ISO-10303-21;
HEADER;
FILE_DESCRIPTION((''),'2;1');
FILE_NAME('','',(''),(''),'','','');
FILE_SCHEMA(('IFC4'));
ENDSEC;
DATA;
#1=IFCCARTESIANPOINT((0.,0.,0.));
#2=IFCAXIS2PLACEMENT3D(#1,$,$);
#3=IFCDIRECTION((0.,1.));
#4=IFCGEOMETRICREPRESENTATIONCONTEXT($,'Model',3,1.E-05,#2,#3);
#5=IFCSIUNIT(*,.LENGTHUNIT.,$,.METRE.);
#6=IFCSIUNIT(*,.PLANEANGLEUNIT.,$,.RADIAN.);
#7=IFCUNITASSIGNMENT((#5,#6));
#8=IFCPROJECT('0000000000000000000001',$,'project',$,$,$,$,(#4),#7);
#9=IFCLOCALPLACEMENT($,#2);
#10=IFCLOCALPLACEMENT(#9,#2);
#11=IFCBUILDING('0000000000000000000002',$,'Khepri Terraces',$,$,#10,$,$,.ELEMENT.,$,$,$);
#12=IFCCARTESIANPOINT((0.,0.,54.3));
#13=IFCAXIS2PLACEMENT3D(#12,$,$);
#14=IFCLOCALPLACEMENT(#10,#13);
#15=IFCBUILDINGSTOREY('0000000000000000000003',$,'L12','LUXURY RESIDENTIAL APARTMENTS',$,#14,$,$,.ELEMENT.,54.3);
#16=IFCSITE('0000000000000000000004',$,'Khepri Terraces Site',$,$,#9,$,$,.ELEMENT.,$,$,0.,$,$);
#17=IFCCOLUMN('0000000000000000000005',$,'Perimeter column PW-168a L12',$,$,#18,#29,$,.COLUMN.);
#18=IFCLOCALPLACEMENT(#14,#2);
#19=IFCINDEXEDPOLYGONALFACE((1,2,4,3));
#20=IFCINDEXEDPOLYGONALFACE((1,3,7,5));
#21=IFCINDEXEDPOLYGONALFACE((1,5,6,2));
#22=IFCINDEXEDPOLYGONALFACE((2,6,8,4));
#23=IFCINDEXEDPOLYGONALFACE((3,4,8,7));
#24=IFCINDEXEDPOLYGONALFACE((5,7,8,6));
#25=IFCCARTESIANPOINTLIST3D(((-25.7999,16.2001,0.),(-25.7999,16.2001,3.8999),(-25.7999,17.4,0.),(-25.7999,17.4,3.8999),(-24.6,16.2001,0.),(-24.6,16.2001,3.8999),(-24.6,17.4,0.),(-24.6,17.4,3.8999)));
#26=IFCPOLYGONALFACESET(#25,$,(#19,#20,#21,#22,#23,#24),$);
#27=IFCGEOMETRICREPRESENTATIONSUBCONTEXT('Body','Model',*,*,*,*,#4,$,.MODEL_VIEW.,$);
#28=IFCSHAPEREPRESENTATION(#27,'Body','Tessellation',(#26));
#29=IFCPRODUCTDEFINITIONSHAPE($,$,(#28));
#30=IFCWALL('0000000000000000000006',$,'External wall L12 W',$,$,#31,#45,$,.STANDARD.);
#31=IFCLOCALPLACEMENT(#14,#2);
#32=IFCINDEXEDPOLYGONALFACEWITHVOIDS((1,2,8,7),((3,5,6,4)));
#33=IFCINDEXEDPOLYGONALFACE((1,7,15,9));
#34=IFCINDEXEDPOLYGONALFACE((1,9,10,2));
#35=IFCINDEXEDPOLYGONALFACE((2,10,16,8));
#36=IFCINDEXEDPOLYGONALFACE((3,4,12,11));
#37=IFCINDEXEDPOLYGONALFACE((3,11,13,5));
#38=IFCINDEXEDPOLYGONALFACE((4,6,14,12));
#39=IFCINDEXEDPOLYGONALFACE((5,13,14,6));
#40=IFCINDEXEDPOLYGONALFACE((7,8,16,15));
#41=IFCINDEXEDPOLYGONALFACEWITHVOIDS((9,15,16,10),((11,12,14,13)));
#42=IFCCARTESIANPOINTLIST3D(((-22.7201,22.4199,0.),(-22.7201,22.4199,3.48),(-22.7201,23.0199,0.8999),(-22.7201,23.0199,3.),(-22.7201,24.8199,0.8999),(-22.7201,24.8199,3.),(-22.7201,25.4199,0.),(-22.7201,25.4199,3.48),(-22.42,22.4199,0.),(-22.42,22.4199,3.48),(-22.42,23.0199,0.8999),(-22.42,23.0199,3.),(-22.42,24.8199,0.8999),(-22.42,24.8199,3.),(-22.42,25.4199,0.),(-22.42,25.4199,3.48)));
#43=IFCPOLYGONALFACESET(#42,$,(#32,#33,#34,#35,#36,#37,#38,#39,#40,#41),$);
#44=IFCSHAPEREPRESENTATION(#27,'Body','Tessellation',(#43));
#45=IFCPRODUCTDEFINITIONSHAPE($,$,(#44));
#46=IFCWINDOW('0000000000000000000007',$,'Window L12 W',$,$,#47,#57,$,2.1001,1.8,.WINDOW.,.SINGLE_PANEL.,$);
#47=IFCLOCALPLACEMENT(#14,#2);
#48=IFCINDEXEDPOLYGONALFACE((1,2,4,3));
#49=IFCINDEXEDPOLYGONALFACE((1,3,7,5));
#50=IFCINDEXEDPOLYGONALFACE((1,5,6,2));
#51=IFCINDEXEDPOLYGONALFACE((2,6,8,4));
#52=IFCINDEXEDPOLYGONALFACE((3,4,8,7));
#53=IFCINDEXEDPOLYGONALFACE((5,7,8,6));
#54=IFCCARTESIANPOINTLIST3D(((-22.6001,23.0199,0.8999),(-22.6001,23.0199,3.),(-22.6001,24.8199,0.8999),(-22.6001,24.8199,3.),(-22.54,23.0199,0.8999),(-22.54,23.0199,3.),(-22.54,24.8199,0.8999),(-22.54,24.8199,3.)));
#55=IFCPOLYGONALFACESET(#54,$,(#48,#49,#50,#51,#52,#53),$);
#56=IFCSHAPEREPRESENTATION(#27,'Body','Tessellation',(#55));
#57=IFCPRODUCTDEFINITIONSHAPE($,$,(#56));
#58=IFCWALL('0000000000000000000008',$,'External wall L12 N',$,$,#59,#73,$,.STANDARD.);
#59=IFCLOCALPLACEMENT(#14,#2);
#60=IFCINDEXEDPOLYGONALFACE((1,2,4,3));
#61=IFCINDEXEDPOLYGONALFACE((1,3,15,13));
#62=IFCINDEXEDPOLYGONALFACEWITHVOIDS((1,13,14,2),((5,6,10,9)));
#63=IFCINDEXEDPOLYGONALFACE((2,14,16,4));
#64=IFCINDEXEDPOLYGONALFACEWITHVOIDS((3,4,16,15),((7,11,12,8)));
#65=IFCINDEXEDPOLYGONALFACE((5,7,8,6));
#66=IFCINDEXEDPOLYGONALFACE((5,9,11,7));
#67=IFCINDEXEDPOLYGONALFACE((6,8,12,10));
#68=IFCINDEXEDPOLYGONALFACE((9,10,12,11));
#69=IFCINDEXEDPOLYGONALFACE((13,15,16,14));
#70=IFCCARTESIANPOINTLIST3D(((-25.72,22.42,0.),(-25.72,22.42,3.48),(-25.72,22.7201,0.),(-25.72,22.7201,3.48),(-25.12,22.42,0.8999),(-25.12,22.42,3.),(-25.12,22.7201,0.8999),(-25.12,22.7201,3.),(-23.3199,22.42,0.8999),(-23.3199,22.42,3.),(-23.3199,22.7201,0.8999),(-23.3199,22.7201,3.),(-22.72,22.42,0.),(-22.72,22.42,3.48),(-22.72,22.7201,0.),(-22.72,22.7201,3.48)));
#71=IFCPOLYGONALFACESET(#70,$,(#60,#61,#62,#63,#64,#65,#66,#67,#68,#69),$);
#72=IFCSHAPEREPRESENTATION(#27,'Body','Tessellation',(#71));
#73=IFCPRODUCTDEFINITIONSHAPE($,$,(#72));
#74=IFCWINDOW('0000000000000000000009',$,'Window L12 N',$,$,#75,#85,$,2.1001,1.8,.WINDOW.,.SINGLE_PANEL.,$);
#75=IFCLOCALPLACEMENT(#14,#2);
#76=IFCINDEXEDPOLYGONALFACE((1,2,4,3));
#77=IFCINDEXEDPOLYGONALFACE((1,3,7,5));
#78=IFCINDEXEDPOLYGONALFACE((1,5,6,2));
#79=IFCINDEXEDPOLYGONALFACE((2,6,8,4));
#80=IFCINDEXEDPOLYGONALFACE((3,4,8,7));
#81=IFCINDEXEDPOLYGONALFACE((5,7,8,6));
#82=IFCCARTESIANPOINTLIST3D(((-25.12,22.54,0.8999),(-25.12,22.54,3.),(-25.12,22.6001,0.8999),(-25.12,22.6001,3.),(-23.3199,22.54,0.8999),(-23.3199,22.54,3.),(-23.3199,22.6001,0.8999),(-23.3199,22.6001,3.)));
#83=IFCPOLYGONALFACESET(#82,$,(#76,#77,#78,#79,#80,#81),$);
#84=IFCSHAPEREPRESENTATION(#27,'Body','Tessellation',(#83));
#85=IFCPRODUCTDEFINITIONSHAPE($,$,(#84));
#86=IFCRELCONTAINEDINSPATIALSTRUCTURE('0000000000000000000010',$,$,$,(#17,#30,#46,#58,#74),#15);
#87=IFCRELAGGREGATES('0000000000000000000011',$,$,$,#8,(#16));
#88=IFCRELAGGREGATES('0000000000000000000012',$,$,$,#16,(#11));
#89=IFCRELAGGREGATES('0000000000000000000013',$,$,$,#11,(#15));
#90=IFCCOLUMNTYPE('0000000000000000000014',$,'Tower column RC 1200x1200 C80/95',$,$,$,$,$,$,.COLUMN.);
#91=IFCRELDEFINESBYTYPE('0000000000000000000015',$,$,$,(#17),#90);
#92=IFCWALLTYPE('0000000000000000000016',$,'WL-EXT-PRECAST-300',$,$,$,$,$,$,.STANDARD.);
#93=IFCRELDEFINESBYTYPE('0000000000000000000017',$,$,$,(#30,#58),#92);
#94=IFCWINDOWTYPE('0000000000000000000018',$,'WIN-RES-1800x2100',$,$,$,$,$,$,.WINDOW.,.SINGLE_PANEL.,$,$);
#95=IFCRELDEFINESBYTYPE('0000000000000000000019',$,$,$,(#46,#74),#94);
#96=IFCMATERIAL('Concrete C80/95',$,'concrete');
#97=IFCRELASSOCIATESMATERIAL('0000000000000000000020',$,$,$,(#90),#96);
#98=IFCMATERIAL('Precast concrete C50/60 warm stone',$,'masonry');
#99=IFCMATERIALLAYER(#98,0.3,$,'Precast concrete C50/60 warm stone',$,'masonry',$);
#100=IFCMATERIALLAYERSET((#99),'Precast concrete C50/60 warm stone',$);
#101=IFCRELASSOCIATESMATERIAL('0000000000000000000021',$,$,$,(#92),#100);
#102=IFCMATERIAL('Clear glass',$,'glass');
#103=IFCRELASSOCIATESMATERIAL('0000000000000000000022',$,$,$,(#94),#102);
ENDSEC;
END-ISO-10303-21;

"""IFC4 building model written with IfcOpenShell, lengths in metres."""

from ifc_helpers import new_model, si_unit, direction, frame, frame_2d, origin, origin_2d, place, context, subcontext, project, spatial, rectangle, extrude, material, layer, layer_set, material_profile, profile_set, type_object, element, fill, save


model = new_model("IFC4")

# Units and contexts
model_context = context("Model", 3, precision=1e-05, world=origin(), true_north=direction((0.0, 1.0)))
body_context = subcontext(model_context, "Body", "Model", "MODEL_VIEW")
ifc_project = project(units=[si_unit("LENGTHUNIT", "METRE"), si_unit("PLANEANGLEUNIT", "RADIAN")], contexts=[model_context])

# Site, building, storey
site_placement = place(None, origin())
site = spatial("IfcSite", under=ifc_project, at=site_placement, Name="Khepri Terraces Site", CompositionType="ELEMENT", RefElevation=0.0)
building_placement = place(site_placement, origin())
building = spatial("IfcBuilding", under=site, at=building_placement, Name="Khepri Terraces", CompositionType="ELEMENT")
storey_placement = place(building_placement, frame((0.0, 0.0, 54.3)))
storey = spatial("IfcBuildingStorey", under=building, at=storey_placement, Name="L12", Description="LUXURY RESIDENTIAL APARTMENTS", CompositionType="ELEMENT", Elevation=54.3)

# Column
ifc_material_1 = material(Name="Concrete C80/95", Category="concrete")
ifc_material_profile = material_profile(ifc_material_1, rectangle(XDim=1.2, YDim=1.2, at=origin_2d()), Name="Concrete C80/95", Category="concrete")
ifc_profile_set = profile_set([ifc_material_profile], Name="Concrete C80/95")
column_type = type_object("IfcColumnType", Name="Tower column RC 1200x1200 C80/95", PredefinedType="COLUMN", material=ifc_profile_set)
column_placement = place(storey_placement, frame((-25.2, 16.8, 0.0), z_axis=(0.0, 0.0, 1.0), x_axis=(1.0, 0.0, 0.0)))
element("IfcColumn", 1, at=column_placement, inside=storey, type_object=column_type, Name="Perimeter column PW-168a L12", PredefinedType="COLUMN", context=body_context, shape_type="SweptSolid", body=[
    extrude(rectangle(XDim=1.2, YDim=1.2, at=origin_2d()), origin(), (0.0, 0.0, 1.0), 3.8999),
])

# Walls, openings, windows
ifc_material_2 = material(Name="Precast concrete C50/60 warm stone", Category="masonry")
ifc_layer = layer(ifc_material_2, 0.3, Name="Precast concrete C50/60 warm stone", Category="masonry")
ifc_layer_set = layer_set([ifc_layer], Name="Precast concrete C50/60 warm stone")
wall_type = type_object("IfcWallType", Name="WL-EXT-PRECAST-300", PredefinedType="STANDARD", material=ifc_layer_set)
wall_1_placement = place(storey_placement, frame((-22.5701, 25.4199, 0.0), z_axis=(0.0, 0.0, 1.0), x_axis=(0.0, -1.0, 0.0)))
wall_1 = element("IfcWall", 2, at=wall_1_placement, inside=storey, type_object=wall_type, Name="External wall L12 W", PredefinedType="STANDARD", context=body_context, shape_type="SweptSolid", body=[
    extrude(rectangle(XDim=3.0, YDim=0.3, at=frame_2d((1.5, 0.0))), origin(), (0.0, 0.0, 1.0), 3.48),
])
opening_1_placement = place(wall_1_placement, frame((0.6001, 0.0, 0.8999)))
opening_1 = element("IfcOpeningElement", 3, at=opening_1_placement, cuts=wall_1, PredefinedType="OPENING", context=body_context, shape_type="SweptSolid", body=[
    extrude(rectangle(XDim=1.8, YDim=2.1001, at=frame_2d((0.8999, 1.05))), frame((0.0, 0.1602, 0.0), z_axis=(0.0, -1.0, 0.0), x_axis=(1.0, 0.0, 0.0)), (0.0, 0.0, 1.0), 0.3201),
])
ifc_material_3 = material(Name="Clear glass", Category="glass")
window_type = type_object("IfcWindowType", Name="WIN-RES-1800x2100", PartitioningType="SINGLE_PANEL", PredefinedType="WINDOW", material=ifc_material_3)
window_1_placement = place(opening_1_placement, origin())
window_1 = element("IfcWindow", 4, at=window_1_placement, inside=storey, type_object=window_type, Name="Window L12 W", OverallHeight=2.1001, OverallWidth=1.8, PartitioningType="SINGLE_PANEL", PredefinedType="WINDOW", context=body_context, shape_type="SweptSolid", body=[
    extrude(rectangle(XDim=1.8, YDim=2.1001, at=frame_2d((0.8999, 1.05))), frame((0.0, 0.03, 0.0), z_axis=(0.0, -1.0, 0.0), x_axis=(1.0, 0.0, 0.0)), (0.0, 0.0, 1.0), 0.0601),
])
fill(opening_1, window_1)
wall_2_placement = place(storey_placement, frame((-22.72, 22.5701, 0.0), z_axis=(0.0, 0.0, 1.0), x_axis=(-1.0, 0.0, 0.0)))
wall_2 = element("IfcWall", 5, at=wall_2_placement, inside=storey, type_object=wall_type, Name="External wall L12 N", PredefinedType="STANDARD", context=body_context, shape_type="SweptSolid", body=[
    extrude(rectangle(XDim=3.0, YDim=0.3, at=frame_2d((1.5, 0.0))), origin(), (0.0, 0.0, 1.0), 3.48),
])
opening_2_placement = place(wall_2_placement, frame((0.6001, 0.0, 0.8999)))
opening_2 = element("IfcOpeningElement", 6, at=opening_2_placement, cuts=wall_2, PredefinedType="OPENING", context=body_context, shape_type="SweptSolid", body=[
    extrude(rectangle(XDim=1.8, YDim=2.1001, at=frame_2d((0.8999, 1.05))), frame((0.0, 0.1602, 0.0), z_axis=(0.0, -1.0, 0.0), x_axis=(1.0, 0.0, 0.0)), (0.0, 0.0, 1.0), 0.3201),
])
window_2_placement = place(opening_2_placement, origin())
window_2 = element("IfcWindow", 7, at=window_2_placement, inside=storey, type_object=window_type, Name="Window L12 N", OverallHeight=2.1001, OverallWidth=1.8, PartitioningType="SINGLE_PANEL", PredefinedType="WINDOW", context=body_context, shape_type="SweptSolid", body=[
    extrude(rectangle(XDim=1.8, YDim=2.1001, at=frame_2d((0.8999, 1.05))), frame((0.0, 0.03, 0.0), z_axis=(0.0, -1.0, 0.0), x_axis=(1.0, 0.0, 0.0)), (0.0, 0.0, 1.0), 0.0601),
])
fill(opening_2, window_2)

save(model, "model.ifc")
